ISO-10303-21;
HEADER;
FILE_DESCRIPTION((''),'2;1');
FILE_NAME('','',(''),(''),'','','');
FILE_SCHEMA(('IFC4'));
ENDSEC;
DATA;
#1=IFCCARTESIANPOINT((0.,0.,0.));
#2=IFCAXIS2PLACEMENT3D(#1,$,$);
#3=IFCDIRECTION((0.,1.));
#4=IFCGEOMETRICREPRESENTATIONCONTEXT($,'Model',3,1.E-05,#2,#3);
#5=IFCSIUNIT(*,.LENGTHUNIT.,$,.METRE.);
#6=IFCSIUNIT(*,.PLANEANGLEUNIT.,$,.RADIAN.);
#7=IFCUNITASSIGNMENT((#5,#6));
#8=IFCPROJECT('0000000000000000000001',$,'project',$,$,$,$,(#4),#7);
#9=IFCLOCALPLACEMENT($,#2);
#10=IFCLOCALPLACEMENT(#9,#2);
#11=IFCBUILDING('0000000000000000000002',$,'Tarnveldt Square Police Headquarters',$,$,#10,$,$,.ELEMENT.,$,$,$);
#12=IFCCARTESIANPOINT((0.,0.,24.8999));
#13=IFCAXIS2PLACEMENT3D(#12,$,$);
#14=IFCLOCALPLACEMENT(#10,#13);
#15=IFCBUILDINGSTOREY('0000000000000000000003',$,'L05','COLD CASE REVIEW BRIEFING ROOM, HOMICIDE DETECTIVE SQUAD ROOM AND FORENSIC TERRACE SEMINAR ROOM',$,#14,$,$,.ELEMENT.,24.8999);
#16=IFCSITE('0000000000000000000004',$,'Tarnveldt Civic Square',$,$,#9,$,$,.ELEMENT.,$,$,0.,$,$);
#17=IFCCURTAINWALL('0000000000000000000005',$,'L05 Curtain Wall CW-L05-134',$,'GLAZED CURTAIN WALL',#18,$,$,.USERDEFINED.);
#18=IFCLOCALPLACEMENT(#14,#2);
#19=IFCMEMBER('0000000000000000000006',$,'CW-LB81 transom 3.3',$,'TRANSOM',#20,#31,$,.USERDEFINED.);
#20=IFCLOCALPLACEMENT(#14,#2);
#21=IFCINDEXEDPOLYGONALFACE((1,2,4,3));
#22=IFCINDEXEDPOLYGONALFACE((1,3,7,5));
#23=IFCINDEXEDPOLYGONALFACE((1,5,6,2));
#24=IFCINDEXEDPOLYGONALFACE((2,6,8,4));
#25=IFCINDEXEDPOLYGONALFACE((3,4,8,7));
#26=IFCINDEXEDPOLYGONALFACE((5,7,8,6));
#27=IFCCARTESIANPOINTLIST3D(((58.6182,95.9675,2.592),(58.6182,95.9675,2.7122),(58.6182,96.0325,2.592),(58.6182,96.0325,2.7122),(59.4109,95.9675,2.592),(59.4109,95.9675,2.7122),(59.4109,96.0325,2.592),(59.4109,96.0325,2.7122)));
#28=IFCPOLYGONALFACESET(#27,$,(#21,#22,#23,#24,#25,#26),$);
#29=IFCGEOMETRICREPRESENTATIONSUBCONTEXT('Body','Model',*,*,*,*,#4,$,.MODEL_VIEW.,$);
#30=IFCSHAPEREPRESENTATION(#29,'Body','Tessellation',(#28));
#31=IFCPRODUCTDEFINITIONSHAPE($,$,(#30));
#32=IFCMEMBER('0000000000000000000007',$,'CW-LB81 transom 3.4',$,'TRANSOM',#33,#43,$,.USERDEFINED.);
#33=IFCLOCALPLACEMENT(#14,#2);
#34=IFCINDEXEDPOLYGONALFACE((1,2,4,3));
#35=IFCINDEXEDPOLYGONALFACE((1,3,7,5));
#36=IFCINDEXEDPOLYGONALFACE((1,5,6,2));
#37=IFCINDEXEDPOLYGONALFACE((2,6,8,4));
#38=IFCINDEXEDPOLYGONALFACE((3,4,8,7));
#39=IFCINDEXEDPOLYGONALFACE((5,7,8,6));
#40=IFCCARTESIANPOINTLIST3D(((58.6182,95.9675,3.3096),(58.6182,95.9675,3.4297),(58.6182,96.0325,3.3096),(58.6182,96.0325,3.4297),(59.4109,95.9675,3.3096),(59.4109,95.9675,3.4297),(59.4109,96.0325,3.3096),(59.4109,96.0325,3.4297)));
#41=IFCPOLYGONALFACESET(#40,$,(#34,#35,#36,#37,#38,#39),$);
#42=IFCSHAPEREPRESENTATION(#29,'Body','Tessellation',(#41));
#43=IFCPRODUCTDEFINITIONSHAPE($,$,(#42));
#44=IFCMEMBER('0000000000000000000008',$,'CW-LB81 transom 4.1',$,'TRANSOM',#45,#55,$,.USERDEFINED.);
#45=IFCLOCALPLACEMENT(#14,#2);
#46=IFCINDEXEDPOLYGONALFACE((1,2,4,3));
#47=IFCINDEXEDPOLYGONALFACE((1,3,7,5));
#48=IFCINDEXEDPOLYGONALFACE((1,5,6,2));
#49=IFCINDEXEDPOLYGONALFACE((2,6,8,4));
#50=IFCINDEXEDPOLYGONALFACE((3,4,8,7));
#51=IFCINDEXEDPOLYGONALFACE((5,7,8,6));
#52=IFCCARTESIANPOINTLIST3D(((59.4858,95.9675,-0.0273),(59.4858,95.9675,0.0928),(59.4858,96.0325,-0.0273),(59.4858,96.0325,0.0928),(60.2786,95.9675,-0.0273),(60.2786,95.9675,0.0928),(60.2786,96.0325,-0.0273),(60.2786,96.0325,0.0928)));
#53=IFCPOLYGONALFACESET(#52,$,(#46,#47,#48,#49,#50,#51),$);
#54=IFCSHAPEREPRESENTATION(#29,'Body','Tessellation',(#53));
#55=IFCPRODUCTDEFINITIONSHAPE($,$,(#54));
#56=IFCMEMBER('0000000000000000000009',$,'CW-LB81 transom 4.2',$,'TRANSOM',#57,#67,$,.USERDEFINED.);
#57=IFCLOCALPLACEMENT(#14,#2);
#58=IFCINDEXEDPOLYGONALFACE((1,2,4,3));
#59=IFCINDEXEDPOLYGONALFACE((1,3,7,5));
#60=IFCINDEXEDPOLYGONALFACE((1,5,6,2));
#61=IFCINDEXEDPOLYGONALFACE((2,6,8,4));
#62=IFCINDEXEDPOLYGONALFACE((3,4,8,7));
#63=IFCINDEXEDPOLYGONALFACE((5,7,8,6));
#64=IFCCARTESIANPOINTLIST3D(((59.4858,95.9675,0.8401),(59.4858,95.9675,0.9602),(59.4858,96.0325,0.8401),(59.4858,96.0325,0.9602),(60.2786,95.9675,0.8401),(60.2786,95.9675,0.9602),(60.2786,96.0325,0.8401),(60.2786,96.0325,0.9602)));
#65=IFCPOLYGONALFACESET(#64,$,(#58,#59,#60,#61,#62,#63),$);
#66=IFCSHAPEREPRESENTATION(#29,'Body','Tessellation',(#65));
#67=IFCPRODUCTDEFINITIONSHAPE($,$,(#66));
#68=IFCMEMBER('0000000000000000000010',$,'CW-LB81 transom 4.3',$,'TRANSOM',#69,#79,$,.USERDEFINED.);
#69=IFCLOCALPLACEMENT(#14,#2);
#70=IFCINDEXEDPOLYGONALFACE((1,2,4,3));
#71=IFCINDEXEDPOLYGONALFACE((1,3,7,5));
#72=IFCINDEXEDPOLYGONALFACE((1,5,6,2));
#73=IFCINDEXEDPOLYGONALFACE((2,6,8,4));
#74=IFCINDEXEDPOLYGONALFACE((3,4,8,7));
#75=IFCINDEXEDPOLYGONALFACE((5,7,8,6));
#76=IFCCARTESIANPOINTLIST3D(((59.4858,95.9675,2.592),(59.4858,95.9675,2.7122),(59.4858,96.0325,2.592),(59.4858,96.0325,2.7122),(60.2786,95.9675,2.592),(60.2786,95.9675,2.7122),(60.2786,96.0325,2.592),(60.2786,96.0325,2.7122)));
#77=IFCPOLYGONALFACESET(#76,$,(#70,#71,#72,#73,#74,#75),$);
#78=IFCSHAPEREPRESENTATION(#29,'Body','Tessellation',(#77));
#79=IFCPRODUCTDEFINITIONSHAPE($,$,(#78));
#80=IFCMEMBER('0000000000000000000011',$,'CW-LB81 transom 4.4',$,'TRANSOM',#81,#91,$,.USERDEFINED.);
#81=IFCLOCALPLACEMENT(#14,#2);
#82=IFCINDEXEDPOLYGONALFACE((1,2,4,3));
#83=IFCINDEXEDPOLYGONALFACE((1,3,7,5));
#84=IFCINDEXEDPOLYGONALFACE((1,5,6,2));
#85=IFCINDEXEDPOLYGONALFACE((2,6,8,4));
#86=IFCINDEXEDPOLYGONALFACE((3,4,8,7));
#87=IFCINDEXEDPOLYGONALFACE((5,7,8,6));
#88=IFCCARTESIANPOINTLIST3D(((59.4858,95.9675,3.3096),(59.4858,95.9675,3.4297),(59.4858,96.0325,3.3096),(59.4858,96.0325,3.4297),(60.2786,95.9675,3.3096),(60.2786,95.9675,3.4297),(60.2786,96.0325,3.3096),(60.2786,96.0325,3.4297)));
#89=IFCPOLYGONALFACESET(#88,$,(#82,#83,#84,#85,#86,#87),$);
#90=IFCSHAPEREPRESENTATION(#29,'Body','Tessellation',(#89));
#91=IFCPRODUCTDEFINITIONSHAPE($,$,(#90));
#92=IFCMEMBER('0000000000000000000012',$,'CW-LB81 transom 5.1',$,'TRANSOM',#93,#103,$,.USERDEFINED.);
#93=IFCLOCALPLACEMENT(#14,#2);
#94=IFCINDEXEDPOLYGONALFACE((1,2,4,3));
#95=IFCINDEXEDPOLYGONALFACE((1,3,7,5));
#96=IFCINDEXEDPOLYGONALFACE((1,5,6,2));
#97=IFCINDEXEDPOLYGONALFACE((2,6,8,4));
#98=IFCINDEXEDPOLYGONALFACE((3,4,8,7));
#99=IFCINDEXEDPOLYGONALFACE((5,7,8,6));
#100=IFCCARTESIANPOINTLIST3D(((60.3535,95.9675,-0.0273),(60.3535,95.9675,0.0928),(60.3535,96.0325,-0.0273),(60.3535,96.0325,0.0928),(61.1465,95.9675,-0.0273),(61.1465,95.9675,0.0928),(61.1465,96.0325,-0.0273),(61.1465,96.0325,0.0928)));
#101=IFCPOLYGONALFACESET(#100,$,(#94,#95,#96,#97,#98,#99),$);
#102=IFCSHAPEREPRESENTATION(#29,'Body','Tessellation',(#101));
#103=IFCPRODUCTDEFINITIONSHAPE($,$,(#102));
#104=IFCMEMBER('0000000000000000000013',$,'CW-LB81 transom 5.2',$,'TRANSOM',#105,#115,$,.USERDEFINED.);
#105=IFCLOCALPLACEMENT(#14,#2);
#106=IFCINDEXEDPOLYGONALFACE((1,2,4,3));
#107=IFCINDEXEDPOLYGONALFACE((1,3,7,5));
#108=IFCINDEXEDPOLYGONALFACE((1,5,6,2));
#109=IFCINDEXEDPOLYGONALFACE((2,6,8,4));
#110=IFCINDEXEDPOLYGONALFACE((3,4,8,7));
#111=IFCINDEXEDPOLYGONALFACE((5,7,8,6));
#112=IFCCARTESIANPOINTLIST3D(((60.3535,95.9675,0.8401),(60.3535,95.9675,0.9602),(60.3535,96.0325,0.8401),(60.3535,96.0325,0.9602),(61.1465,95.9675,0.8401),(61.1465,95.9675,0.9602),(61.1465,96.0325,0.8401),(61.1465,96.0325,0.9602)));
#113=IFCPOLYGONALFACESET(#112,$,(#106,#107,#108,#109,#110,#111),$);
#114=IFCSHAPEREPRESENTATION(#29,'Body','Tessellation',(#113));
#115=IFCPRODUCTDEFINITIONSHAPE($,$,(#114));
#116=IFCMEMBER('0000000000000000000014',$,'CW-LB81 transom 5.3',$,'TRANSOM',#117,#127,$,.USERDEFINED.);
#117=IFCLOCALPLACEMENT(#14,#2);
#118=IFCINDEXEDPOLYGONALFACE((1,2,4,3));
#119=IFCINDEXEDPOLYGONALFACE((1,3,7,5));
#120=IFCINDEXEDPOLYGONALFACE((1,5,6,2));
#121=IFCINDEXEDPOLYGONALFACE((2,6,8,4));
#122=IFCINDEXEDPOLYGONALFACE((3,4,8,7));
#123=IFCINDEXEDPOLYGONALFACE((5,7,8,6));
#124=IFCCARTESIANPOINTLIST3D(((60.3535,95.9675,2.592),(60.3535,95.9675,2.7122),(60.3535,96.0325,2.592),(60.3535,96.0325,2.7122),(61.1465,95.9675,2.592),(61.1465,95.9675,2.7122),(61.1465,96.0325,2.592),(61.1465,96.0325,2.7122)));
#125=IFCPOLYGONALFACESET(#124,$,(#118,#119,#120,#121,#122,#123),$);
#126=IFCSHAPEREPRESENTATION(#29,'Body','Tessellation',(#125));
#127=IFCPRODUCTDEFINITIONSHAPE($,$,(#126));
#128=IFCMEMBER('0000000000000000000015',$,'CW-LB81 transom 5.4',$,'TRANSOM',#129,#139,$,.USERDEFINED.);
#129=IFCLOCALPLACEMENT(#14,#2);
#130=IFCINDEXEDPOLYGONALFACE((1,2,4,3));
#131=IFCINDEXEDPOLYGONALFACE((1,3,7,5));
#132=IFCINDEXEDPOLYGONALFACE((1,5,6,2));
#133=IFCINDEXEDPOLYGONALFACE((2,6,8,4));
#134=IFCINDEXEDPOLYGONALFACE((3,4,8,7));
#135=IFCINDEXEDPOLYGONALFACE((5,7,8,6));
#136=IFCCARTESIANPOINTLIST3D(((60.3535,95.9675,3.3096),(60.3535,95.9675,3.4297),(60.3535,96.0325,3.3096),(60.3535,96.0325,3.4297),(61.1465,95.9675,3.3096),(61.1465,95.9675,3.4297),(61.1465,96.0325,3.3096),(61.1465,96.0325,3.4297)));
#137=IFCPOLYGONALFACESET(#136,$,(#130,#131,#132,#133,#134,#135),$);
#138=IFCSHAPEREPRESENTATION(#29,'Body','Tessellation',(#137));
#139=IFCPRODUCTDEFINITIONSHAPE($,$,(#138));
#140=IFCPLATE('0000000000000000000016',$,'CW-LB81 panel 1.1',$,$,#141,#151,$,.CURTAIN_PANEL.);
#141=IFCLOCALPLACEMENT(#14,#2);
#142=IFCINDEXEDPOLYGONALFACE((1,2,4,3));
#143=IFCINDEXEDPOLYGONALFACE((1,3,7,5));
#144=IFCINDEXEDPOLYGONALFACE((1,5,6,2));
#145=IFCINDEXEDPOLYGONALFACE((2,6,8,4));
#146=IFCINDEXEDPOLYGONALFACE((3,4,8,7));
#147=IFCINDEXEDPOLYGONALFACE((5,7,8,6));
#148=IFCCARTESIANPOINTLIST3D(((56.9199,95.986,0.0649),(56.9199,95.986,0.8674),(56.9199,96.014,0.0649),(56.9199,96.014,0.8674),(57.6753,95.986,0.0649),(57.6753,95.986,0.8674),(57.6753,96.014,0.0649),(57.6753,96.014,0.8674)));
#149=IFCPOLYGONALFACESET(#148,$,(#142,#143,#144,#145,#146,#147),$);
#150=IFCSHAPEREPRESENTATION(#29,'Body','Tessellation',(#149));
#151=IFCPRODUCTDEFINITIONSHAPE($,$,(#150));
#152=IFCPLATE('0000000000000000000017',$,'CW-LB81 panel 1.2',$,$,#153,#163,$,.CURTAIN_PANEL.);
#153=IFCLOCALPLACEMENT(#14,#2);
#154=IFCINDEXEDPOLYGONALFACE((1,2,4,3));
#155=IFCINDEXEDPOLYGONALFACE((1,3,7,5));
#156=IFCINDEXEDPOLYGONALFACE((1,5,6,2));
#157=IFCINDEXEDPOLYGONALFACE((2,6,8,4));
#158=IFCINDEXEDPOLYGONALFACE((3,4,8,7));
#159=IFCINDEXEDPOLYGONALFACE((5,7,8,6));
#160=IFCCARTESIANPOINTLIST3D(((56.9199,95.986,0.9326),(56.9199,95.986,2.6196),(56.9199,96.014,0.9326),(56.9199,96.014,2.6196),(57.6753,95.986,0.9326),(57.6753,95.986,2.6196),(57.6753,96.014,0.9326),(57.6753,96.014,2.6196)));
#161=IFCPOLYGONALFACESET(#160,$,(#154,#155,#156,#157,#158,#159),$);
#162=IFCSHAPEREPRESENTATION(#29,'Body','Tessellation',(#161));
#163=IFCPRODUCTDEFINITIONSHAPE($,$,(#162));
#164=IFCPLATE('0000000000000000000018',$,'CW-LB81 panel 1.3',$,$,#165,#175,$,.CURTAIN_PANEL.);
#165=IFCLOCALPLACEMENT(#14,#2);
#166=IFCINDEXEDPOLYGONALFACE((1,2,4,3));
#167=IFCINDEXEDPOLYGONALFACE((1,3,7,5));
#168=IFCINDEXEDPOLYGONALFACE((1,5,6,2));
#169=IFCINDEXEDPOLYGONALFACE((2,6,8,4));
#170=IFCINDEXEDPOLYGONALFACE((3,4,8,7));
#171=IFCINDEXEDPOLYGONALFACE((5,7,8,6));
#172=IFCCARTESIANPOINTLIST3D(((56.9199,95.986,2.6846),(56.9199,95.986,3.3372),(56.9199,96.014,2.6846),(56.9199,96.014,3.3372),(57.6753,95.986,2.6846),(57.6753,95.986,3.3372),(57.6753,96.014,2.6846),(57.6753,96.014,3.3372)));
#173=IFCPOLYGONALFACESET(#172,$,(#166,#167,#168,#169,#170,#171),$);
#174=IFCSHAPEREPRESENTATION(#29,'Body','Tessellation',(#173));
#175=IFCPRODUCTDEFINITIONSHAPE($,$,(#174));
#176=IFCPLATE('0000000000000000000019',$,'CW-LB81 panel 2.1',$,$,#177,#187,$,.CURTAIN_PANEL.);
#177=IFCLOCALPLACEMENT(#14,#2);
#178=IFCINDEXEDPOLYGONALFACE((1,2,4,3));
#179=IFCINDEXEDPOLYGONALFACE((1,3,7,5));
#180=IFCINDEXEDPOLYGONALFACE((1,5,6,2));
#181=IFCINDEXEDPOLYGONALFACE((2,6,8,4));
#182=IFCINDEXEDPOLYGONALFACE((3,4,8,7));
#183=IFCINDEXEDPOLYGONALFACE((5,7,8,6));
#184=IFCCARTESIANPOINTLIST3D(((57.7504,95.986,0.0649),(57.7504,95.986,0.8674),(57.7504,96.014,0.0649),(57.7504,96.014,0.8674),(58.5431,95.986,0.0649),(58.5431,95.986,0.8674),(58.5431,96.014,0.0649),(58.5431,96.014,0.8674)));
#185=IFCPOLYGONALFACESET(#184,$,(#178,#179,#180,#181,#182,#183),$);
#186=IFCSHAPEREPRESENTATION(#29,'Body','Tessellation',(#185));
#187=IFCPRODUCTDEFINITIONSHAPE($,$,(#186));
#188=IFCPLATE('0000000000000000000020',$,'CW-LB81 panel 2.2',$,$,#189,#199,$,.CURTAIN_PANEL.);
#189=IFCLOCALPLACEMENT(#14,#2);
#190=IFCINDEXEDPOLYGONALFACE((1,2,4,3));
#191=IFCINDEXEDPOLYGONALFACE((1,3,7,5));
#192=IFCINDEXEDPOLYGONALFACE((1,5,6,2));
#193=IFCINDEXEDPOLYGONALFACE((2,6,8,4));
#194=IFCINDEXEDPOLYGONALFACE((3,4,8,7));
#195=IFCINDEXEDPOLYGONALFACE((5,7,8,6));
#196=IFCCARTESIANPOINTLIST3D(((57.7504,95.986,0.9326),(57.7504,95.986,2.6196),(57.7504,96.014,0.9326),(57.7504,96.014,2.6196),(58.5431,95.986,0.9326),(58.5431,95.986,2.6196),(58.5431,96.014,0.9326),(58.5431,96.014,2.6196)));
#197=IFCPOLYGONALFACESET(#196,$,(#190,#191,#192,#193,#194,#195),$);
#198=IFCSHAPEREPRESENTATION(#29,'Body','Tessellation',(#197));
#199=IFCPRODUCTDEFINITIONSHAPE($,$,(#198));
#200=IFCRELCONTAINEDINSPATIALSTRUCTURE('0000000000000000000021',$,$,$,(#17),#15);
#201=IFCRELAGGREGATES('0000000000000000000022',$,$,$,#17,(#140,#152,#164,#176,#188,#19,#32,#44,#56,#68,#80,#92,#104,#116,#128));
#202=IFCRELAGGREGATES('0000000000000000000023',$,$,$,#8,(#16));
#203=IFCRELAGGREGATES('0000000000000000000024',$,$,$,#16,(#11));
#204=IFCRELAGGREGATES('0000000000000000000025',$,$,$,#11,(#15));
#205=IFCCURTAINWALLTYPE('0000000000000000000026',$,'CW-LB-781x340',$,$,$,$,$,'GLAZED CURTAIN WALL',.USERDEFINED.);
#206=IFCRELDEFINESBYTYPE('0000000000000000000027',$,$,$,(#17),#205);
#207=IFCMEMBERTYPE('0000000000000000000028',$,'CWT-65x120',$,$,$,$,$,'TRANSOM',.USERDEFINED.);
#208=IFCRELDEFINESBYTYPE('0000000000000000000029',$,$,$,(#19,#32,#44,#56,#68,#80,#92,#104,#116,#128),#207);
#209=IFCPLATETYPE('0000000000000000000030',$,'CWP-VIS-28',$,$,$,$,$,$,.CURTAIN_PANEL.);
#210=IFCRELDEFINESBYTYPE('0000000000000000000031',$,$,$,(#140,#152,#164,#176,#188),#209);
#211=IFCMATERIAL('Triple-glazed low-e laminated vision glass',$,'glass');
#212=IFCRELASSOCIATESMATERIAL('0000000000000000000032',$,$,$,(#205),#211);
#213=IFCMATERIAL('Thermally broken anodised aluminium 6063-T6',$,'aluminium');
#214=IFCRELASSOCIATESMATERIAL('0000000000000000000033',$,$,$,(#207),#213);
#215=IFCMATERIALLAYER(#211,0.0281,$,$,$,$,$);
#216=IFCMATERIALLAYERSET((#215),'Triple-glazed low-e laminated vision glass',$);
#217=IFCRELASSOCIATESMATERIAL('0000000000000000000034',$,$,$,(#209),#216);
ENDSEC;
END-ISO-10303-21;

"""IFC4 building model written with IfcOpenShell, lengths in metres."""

from ifc_helpers import new_model, si_unit, direction, frame, origin, origin_2d, place, context, subcontext, project, spatial, rectangle, extrude, material, layer, layer_set, material_profile, profile_set, type_object, element, aggregate, save


model = new_model("IFC4")

# Units and contexts
model_context = context("Model", 3, precision=1e-05, world=origin(), true_north=direction((0.0, 1.0)))
body_context = subcontext(model_context, "Body", "Model", "MODEL_VIEW")
ifc_project = project(units=[si_unit("LENGTHUNIT", "METRE"), si_unit("PLANEANGLEUNIT", "RADIAN")], contexts=[model_context])

# Site, building, storey
site_placement = place(None, origin())
site = spatial("IfcSite", under=ifc_project, at=site_placement, Name="Tarnveldt Civic Square", CompositionType="ELEMENT", RefElevation=0.0)
building_placement = place(site_placement, origin())
building = spatial("IfcBuilding", under=site, at=building_placement, Name="Tarnveldt Square Police Headquarters", CompositionType="ELEMENT")
storey_placement = place(building_placement, frame((0.0, 0.0, 24.8999)))
storey = spatial("IfcBuildingStorey", under=building, at=storey_placement, Name="L05", Description="COLD CASE REVIEW BRIEFING ROOM, HOMICIDE DETECTIVE SQUAD ROOM AND FORENSIC TERRACE SEMINAR ROOM", CompositionType="ELEMENT", Elevation=24.8999)

# Curtain wall, members, plates
ifc_material_1 = material(Name="Triple-glazed low-e laminated vision glass", Category="glass")
curtain_wall_type = type_object("IfcCurtainWallType", Name="CW-LB-781x340", ElementType="GLAZED CURTAIN WALL", PredefinedType="USERDEFINED", material=ifc_material_1)
curtain_wall_placement = place(storey_placement, origin())
curtain_wall = element("IfcCurtainWall", 1, at=curtain_wall_placement, inside=storey, type_object=curtain_wall_type, Name="L05 Curtain Wall CW-L05-134", ObjectType="GLAZED CURTAIN WALL", PredefinedType="USERDEFINED")
ifc_material_2 = material(Name="Thermally broken anodised aluminium 6063-T6", Category="aluminium")
ifc_material_profile_1 = material_profile(ifc_material_2, rectangle(XDim=0.0649, YDim=0.1201, at=origin_2d()), Name="CW-T65x120")
ifc_profile_set_1 = profile_set([ifc_material_profile_1], Name="Thermally broken anodised aluminium 6063-T6")
member_type_1 = type_object("IfcMemberType", Name="CWT-65x120", ElementType="TRANSOM", PredefinedType="USERDEFINED", material=ifc_profile_set_1)
member_1_placement = place(storey_placement, frame((58.6182, 96.0, 2.6521), z_axis=(1.0, 0.0, 0.0), x_axis=(0.0, 1.0, 0.0)))
member_1 = element("IfcMember", 2, at=member_1_placement, type_object=member_type_1, Name="CW-LB81 transom 3.3", ObjectType="TRANSOM", PredefinedType="USERDEFINED", context=body_context, shape_type="SweptSolid", body=[
    extrude(rectangle(XDim=0.0649, YDim=0.1201, at=origin_2d()), origin(), (0.0, 0.0, 1.0), 0.7927),
])
member_2_placement = place(storey_placement, frame((58.6182, 96.0, 3.3696), z_axis=(1.0, 0.0, 0.0), x_axis=(0.0, 1.0, 0.0)))
member_2 = element("IfcMember", 3, at=member_2_placement, type_object=member_type_1, Name="CW-LB81 transom 3.4", ObjectType="TRANSOM", PredefinedType="USERDEFINED", context=body_context, shape_type="SweptSolid", body=[
    extrude(rectangle(XDim=0.0649, YDim=0.1201, at=origin_2d()), origin(), (0.0, 0.0, 1.0), 0.7927),
])
member_3_placement = place(storey_placement, frame((59.4858, 96.0, 0.0327), z_axis=(1.0, 0.0, 0.0), x_axis=(0.0, 1.0, 0.0)))
member_3 = element("IfcMember", 4, at=member_3_placement, type_object=member_type_1, Name="CW-LB81 transom 4.1", ObjectType="TRANSOM", PredefinedType="USERDEFINED", context=body_context, shape_type="SweptSolid", body=[
    extrude(rectangle(XDim=0.0649, YDim=0.1201, at=origin_2d()), origin(), (0.0, 0.0, 1.0), 0.7927),
])
member_4_placement = place(storey_placement, frame((59.4858, 96.0, 0.9001), z_axis=(1.0, 0.0, 0.0), x_axis=(0.0, 1.0, 0.0)))
member_4 = element("IfcMember", 5, at=member_4_placement, type_object=member_type_1, Name="CW-LB81 transom 4.2", ObjectType="TRANSOM", PredefinedType="USERDEFINED", context=body_context, shape_type="SweptSolid", body=[
    extrude(rectangle(XDim=0.0649, YDim=0.1201, at=origin_2d()), origin(), (0.0, 0.0, 1.0), 0.7927),
])
member_5_placement = place(storey_placement, frame((59.4858, 96.0, 2.6521), z_axis=(1.0, 0.0, 0.0), x_axis=(0.0, 1.0, 0.0)))
member_5 = element("IfcMember", 6, at=member_5_placement, type_object=member_type_1, Name="CW-LB81 transom 4.3", ObjectType="TRANSOM", PredefinedType="USERDEFINED", context=body_context, shape_type="SweptSolid", body=[
    extrude(rectangle(XDim=0.0649, YDim=0.1201, at=origin_2d()), origin(), (0.0, 0.0, 1.0), 0.7927),
])
member_6_placement = place(storey_placement, frame((59.4858, 96.0, 3.3696), z_axis=(1.0, 0.0, 0.0), x_axis=(0.0, 1.0, 0.0)))
member_6 = element("IfcMember", 7, at=member_6_placement, type_object=member_type_1, Name="CW-LB81 transom 4.4", ObjectType="TRANSOM", PredefinedType="USERDEFINED", context=body_context, shape_type="SweptSolid", body=[
    extrude(rectangle(XDim=0.0649, YDim=0.1201, at=origin_2d()), origin(), (0.0, 0.0, 1.0), 0.7927),
])
member_7_placement = place(storey_placement, frame((60.3535, 96.0, 0.0327), z_axis=(1.0, 0.0, 0.0), x_axis=(0.0, 1.0, 0.0)))
member_7 = element("IfcMember", 8, at=member_7_placement, type_object=member_type_1, Name="CW-LB81 transom 5.1", ObjectType="TRANSOM", PredefinedType="USERDEFINED", context=body_context, shape_type="SweptSolid", body=[
    extrude(rectangle(XDim=0.0649, YDim=0.1201, at=origin_2d()), origin(), (0.0, 0.0, 1.0), 0.793),
])
member_8_placement = place(storey_placement, frame((60.3535, 96.0, 0.9001), z_axis=(1.0, 0.0, 0.0), x_axis=(0.0, 1.0, 0.0)))
member_8 = element("IfcMember", 9, at=member_8_placement, type_object=member_type_1, Name="CW-LB81 transom 5.2", ObjectType="TRANSOM", PredefinedType="USERDEFINED", context=body_context, shape_type="SweptSolid", body=[
    extrude(rectangle(XDim=0.0649, YDim=0.1201, at=origin_2d()), origin(), (0.0, 0.0, 1.0), 0.793),
])
member_9_placement = place(storey_placement, frame((60.3535, 96.0, 2.6521), z_axis=(1.0, 0.0, 0.0), x_axis=(0.0, 1.0, 0.0)))
member_9 = element("IfcMember", 10, at=member_9_placement, type_object=member_type_1, Name="CW-LB81 transom 5.3", ObjectType="TRANSOM", PredefinedType="USERDEFINED", context=body_context, shape_type="SweptSolid", body=[
    extrude(rectangle(XDim=0.0649, YDim=0.1201, at=origin_2d()), origin(), (0.0, 0.0, 1.0), 0.793),
])
member_10_placement = place(storey_placement, frame((60.3535, 96.0, 3.3696), z_axis=(1.0, 0.0, 0.0), x_axis=(0.0, 1.0, 0.0)))
member_10 = element("IfcMember", 11, at=member_10_placement, type_object=member_type_1, Name="CW-LB81 transom 5.4", ObjectType="TRANSOM", PredefinedType="USERDEFINED", context=body_context, shape_type="SweptSolid", body=[
    extrude(rectangle(XDim=0.0649, YDim=0.1201, at=origin_2d()), origin(), (0.0, 0.0, 1.0), 0.793),
])
ifc_layer = layer(ifc_material_1, 0.0281)
ifc_layer_set = layer_set([ifc_layer], Name="Triple-glazed low-e laminated vision glass")
plate_type = type_object("IfcPlateType", Name="CWP-VIS-28", PredefinedType="CURTAIN_PANEL", material=ifc_layer_set)
plate_1_placement = place(storey_placement, frame((57.2976, 96.0, 0.0649), z_axis=(0.0, 0.0, 1.0), x_axis=(1.0, 0.0, 0.0)))
plate_1 = element("IfcPlate", 12, at=plate_1_placement, type_object=plate_type, Name="CW-LB81 panel 1.1", PredefinedType="CURTAIN_PANEL", context=body_context, shape_type="SweptSolid", body=[
    extrude(rectangle(XDim=0.7554, YDim=0.0281, at=origin_2d()), origin(), (0.0, 0.0, 1.0), 0.8025),
])
plate_2_placement = place(storey_placement, frame((57.2976, 96.0, 0.9326), z_axis=(0.0, 0.0, 1.0), x_axis=(1.0, 0.0, 0.0)))
plate_2 = element("IfcPlate", 13, at=plate_2_placement, type_object=plate_type, Name="CW-LB81 panel 1.2", PredefinedType="CURTAIN_PANEL", context=body_context, shape_type="SweptSolid", body=[
    extrude(rectangle(XDim=0.7554, YDim=0.0281, at=origin_2d()), origin(), (0.0, 0.0, 1.0), 1.687),
])
plate_3_placement = place(storey_placement, frame((57.2976, 96.0, 2.6846), z_axis=(0.0, 0.0, 1.0), x_axis=(1.0, 0.0, 0.0)))
plate_3 = element("IfcPlate", 14, at=plate_3_placement, type_object=plate_type, Name="CW-LB81 panel 1.3", PredefinedType="CURTAIN_PANEL", context=body_context, shape_type="SweptSolid", body=[
    extrude(rectangle(XDim=0.7554, YDim=0.0281, at=origin_2d()), origin(), (0.0, 0.0, 1.0), 0.6526),
])
plate_4_placement = place(storey_placement, frame((58.1467, 96.0, 0.0649), z_axis=(0.0, 0.0, 1.0), x_axis=(1.0, 0.0, 0.0)))
plate_4 = element("IfcPlate", 15, at=plate_4_placement, type_object=plate_type, Name="CW-LB81 panel 2.1", PredefinedType="CURTAIN_PANEL", context=body_context, shape_type="SweptSolid", body=[
    extrude(rectangle(XDim=0.7927, YDim=0.0281, at=origin_2d()), origin(), (0.0, 0.0, 1.0), 0.8025),
])
plate_5_placement = place(storey_placement, frame((58.1467, 96.0, 0.9326), z_axis=(0.0, 0.0, 1.0), x_axis=(1.0, 0.0, 0.0)))
plate_5 = element("IfcPlate", 16, at=plate_5_placement, type_object=plate_type, Name="CW-LB81 panel 2.2", PredefinedType="CURTAIN_PANEL", context=body_context, shape_type="SweptSolid", body=[
    extrude(rectangle(XDim=0.7927, YDim=0.0281, at=origin_2d()), origin(), (0.0, 0.0, 1.0), 1.687),
])
aggregate(curtain_wall, [plate_1, plate_2, plate_3, plate_4, plate_5, member_1, member_2, member_3, member_4, member_5, member_6, member_7, member_8, member_9, member_10])

save(model, "model.ifc")
